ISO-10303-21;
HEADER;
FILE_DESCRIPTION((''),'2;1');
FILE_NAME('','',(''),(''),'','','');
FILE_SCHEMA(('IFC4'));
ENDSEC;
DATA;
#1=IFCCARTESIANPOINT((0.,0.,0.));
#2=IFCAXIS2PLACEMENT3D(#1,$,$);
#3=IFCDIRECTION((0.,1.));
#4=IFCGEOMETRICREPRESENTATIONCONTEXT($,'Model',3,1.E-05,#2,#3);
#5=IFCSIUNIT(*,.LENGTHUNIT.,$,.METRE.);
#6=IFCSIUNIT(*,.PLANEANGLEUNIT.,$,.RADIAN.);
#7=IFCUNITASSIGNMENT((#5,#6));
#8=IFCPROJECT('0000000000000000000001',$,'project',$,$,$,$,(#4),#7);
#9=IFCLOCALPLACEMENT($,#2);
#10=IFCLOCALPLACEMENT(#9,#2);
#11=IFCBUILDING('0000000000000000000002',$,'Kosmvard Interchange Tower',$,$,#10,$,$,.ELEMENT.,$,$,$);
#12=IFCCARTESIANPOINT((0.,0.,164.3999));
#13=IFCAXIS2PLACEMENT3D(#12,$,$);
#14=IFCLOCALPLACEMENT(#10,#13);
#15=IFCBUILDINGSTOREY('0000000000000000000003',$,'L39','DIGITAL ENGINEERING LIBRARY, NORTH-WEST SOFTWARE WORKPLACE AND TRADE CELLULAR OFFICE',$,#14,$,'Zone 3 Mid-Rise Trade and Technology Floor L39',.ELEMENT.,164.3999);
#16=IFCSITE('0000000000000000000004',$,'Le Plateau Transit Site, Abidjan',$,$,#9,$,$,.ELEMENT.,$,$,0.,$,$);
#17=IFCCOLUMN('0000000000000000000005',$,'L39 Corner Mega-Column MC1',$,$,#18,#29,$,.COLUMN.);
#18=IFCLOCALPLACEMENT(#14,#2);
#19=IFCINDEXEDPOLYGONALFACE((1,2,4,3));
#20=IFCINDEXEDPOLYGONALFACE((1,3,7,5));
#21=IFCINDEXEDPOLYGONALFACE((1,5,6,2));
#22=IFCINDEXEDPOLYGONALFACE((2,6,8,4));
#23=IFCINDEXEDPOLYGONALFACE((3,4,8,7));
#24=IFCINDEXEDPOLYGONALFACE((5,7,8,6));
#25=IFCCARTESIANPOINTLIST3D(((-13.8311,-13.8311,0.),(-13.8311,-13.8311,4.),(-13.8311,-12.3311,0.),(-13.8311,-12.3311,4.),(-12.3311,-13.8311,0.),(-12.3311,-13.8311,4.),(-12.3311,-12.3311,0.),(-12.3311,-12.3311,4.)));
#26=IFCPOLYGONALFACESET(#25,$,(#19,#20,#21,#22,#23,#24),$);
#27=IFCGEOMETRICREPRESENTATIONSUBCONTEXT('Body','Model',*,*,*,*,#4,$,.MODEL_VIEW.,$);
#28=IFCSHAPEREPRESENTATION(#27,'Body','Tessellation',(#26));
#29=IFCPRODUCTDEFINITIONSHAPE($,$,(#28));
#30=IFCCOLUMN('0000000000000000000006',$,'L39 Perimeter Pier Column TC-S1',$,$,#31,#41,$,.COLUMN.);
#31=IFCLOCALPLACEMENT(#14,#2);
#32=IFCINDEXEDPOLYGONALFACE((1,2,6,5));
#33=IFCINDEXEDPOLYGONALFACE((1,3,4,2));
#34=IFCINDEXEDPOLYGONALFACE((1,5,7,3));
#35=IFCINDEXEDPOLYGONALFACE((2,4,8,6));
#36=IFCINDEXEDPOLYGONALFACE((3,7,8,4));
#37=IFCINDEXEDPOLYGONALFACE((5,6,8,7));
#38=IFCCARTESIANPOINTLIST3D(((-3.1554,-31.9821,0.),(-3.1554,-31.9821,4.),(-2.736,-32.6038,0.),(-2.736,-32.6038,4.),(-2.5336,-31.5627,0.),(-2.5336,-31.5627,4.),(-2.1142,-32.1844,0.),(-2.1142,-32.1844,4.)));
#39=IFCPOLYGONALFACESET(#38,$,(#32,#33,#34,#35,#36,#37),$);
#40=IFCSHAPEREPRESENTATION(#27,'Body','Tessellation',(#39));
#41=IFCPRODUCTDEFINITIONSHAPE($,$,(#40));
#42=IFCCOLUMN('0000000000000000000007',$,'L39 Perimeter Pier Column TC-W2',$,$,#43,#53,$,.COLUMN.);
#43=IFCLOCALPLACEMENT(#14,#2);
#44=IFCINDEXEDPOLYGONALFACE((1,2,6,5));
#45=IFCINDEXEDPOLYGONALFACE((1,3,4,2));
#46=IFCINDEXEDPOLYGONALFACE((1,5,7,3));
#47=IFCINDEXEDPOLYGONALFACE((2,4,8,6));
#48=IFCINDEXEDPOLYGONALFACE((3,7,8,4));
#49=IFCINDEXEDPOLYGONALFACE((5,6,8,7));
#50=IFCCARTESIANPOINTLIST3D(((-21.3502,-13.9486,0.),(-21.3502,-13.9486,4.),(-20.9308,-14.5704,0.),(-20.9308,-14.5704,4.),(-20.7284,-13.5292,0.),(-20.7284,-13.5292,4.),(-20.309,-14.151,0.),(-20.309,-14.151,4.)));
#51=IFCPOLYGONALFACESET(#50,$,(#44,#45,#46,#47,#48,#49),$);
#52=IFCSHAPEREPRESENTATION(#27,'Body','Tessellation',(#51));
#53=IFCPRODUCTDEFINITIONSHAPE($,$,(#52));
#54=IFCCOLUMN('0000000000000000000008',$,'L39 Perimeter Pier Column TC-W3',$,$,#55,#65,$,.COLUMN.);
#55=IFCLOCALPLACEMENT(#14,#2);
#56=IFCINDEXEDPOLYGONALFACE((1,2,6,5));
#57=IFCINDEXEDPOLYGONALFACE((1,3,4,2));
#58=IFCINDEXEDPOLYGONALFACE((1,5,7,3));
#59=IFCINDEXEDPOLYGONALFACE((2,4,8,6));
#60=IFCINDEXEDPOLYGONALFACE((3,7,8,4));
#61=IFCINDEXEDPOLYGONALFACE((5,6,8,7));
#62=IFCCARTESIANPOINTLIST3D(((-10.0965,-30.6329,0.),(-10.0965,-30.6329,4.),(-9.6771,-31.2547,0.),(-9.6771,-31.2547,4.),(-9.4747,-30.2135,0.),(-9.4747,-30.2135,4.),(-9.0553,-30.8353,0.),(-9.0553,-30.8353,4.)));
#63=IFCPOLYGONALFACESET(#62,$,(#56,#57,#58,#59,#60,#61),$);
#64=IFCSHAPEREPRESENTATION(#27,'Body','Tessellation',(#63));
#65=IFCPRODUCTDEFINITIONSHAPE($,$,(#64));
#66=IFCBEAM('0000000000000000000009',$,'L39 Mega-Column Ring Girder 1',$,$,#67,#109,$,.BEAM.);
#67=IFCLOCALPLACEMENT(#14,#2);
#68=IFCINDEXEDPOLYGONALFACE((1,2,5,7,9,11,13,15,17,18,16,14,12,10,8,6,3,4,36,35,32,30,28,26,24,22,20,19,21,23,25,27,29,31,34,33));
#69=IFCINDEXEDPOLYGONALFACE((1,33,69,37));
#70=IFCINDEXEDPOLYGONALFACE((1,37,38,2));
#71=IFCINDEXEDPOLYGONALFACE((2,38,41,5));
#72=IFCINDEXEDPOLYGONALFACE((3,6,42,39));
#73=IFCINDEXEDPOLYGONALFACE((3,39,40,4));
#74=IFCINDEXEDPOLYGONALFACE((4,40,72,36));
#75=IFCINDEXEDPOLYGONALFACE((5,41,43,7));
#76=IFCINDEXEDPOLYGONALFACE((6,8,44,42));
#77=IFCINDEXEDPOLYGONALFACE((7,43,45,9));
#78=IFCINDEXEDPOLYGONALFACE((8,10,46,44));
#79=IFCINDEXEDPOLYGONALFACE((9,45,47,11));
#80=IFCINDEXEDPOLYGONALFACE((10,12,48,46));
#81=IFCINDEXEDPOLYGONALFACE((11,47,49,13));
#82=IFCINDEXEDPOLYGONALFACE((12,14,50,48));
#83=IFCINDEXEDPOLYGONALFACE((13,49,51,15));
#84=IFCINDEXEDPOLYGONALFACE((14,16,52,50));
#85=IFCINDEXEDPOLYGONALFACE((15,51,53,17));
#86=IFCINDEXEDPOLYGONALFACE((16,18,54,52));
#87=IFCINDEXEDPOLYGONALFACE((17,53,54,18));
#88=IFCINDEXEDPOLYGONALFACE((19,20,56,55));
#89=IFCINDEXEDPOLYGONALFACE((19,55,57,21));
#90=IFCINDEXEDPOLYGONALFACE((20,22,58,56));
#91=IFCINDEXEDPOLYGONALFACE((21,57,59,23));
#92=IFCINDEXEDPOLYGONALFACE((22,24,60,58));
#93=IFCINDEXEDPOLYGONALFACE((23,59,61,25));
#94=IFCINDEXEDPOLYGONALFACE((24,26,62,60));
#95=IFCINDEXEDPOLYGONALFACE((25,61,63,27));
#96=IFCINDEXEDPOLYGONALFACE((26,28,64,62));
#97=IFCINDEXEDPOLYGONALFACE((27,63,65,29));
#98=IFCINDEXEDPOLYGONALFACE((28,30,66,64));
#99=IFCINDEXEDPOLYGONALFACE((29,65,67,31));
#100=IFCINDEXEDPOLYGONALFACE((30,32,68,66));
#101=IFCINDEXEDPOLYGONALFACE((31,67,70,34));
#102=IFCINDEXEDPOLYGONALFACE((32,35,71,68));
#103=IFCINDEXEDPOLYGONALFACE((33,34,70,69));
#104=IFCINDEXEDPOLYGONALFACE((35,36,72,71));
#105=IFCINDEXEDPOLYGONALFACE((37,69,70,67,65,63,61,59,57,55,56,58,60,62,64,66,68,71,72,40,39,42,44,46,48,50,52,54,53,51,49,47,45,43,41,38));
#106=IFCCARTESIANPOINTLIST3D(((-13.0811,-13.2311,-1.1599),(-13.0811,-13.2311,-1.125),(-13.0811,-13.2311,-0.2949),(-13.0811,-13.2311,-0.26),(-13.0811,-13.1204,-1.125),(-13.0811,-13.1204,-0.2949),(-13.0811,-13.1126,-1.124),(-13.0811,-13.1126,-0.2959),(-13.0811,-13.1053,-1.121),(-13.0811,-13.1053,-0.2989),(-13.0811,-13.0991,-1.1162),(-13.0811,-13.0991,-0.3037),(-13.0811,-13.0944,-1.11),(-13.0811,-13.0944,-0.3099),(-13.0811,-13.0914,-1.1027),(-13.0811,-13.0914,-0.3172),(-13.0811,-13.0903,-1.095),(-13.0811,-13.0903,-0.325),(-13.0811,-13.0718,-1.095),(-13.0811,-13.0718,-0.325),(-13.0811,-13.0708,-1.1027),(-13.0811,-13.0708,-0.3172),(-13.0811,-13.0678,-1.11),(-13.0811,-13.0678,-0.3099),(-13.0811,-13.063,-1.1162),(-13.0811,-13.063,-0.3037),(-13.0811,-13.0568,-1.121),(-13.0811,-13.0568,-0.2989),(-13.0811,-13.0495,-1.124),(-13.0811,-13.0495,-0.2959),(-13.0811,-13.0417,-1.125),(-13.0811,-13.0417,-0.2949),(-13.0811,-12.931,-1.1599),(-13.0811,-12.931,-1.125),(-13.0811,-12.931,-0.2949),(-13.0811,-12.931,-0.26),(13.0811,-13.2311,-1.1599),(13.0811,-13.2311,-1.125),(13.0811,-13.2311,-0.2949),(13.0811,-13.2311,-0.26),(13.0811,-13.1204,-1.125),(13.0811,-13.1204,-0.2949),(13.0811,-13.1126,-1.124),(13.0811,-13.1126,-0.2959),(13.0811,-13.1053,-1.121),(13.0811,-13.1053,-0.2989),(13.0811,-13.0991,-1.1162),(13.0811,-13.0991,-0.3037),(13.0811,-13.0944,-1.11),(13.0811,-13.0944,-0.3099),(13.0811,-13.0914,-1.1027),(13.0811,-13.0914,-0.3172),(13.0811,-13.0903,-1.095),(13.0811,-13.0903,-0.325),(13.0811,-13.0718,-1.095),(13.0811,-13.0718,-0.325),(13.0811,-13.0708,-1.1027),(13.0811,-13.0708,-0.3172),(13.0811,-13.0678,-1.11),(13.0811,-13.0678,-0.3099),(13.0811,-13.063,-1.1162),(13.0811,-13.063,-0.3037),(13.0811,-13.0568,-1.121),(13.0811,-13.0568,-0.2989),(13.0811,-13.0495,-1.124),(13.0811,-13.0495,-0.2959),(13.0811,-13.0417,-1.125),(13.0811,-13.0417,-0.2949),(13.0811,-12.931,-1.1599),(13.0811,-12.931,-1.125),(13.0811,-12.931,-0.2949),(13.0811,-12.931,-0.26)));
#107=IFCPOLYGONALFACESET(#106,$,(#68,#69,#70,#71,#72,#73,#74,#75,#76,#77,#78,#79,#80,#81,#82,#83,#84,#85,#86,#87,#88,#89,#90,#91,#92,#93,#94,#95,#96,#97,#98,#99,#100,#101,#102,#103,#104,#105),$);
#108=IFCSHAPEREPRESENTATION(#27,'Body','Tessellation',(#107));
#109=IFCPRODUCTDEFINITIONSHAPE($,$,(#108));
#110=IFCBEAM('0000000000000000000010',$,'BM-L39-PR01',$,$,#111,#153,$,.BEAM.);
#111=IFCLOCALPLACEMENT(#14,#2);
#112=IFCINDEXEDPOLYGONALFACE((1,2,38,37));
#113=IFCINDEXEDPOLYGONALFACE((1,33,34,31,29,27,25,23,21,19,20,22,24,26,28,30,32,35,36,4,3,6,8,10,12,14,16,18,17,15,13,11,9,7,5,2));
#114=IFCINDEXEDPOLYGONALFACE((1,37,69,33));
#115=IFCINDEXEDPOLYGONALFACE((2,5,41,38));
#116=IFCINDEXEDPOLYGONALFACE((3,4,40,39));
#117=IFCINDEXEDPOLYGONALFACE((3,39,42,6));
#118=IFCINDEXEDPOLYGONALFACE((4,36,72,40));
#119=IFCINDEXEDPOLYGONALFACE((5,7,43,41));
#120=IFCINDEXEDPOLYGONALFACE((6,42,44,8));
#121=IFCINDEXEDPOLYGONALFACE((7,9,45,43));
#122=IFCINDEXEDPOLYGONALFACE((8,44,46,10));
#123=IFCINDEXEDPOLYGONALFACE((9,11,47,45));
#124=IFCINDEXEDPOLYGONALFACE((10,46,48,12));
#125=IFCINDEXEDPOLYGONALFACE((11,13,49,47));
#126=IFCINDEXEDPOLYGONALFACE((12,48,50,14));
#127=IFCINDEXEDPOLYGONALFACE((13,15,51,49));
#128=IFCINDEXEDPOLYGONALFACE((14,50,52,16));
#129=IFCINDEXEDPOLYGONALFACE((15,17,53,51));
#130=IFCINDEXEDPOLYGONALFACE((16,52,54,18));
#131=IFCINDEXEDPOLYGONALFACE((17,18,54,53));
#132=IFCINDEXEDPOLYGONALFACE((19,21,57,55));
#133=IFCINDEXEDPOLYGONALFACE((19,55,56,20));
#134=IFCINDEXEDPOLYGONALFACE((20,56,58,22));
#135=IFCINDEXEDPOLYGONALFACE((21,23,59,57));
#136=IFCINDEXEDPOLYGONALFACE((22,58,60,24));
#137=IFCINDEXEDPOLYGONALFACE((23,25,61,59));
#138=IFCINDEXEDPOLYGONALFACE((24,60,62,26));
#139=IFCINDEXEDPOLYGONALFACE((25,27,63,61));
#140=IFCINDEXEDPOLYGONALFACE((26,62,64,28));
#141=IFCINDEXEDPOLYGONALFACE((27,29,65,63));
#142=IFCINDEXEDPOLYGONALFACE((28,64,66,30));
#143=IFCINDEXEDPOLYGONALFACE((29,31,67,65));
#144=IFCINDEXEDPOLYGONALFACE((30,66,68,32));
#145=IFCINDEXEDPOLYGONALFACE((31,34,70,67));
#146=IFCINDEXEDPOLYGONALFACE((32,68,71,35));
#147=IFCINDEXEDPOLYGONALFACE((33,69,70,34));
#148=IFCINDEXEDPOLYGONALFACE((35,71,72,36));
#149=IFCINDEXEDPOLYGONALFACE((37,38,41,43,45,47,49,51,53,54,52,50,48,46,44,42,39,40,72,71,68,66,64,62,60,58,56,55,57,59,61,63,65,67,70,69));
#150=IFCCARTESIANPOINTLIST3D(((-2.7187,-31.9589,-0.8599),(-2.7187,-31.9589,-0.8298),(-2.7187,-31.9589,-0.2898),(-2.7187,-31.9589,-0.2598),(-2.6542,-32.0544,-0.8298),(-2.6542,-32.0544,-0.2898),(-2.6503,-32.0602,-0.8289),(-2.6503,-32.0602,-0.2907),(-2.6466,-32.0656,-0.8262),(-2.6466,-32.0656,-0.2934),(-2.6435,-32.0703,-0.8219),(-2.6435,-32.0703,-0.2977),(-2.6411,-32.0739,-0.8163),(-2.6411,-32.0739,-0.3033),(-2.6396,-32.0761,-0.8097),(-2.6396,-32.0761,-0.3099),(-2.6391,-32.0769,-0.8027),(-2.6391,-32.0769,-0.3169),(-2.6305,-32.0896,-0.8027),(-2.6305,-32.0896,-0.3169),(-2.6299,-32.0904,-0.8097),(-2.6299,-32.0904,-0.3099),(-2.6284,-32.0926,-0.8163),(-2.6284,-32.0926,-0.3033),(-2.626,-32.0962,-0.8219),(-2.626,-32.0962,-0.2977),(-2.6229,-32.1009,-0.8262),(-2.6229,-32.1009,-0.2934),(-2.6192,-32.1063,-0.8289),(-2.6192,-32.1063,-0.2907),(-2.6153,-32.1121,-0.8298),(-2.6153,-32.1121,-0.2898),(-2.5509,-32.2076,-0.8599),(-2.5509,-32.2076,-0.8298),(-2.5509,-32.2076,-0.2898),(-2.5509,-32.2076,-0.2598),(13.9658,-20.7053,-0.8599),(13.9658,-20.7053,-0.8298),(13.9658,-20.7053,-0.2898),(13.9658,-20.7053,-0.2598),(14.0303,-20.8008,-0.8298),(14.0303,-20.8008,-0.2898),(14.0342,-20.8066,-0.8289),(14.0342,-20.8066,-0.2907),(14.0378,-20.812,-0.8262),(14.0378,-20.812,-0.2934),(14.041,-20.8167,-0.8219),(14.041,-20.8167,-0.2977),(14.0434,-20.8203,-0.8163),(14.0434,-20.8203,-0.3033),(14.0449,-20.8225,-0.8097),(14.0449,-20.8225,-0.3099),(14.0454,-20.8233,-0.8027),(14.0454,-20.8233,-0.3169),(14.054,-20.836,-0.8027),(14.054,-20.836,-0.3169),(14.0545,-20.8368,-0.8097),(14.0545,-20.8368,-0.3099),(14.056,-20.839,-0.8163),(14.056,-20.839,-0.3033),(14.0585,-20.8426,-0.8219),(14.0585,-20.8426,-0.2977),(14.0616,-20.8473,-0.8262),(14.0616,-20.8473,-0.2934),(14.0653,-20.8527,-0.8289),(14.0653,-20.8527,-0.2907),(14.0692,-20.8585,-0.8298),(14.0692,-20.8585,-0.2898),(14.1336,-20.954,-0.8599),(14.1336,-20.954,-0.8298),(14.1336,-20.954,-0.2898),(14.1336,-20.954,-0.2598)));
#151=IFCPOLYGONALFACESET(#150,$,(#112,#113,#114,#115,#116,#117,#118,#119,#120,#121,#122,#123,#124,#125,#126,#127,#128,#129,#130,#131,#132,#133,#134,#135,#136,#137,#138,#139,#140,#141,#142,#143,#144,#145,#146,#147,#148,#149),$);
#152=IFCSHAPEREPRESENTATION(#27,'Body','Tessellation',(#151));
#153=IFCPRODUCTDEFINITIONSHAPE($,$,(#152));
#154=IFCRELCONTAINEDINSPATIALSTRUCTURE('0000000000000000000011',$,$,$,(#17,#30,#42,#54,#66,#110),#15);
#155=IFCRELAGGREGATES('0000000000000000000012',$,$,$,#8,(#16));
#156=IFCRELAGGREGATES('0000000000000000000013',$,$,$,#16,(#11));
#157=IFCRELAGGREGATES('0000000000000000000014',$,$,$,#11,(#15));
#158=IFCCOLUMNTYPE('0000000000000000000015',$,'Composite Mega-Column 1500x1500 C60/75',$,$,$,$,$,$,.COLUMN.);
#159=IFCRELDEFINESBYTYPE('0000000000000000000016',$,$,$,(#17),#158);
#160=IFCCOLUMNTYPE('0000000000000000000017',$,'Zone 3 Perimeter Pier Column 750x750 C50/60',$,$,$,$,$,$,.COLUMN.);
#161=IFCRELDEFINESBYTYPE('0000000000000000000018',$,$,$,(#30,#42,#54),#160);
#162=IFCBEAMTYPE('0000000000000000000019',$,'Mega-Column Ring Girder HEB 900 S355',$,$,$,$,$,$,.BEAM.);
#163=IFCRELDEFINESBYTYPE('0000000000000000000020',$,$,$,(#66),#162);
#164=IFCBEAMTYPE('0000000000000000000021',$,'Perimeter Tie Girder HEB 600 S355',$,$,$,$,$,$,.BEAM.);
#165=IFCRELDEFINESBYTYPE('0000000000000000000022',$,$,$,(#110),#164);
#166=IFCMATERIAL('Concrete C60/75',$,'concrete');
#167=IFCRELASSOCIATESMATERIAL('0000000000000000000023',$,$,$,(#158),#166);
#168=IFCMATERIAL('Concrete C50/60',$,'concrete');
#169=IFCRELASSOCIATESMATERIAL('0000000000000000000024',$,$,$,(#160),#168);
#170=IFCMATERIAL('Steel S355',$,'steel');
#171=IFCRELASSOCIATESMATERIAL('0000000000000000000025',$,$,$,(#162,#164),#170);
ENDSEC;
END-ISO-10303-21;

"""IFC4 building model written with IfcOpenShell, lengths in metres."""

from ifc_helpers import new_model, si_unit, direction, frame, origin, origin_2d, place, context, subcontext, project, spatial, rectangle, i_section, extrude, source, transform, mapped, material, material_profile, profile_set, type_object, element, save


model = new_model("IFC4")

# Units and contexts
model_context = context("Model", 3, precision=1e-05, world=origin(), true_north=direction((0.0, 1.0)))
body_context = subcontext(model_context, "Body", "Model", "MODEL_VIEW")
ifc_project = project(units=[si_unit("LENGTHUNIT", "METRE"), si_unit("PLANEANGLEUNIT", "RADIAN")], contexts=[model_context])

# Site, building, storey
site_placement = place(None, origin())
site = spatial("IfcSite", under=ifc_project, at=site_placement, Name="Le Plateau Transit Site, Abidjan", CompositionType="ELEMENT", RefElevation=0.0)
building_placement = place(site_placement, origin())
building = spatial("IfcBuilding", under=site, at=building_placement, Name="Kosmvard Interchange Tower", CompositionType="ELEMENT")
storey_placement = place(building_placement, frame((0.0, 0.0, 164.3999)))
storey = spatial("IfcBuildingStorey", under=building, at=storey_placement, Name="L39", Description="DIGITAL ENGINEERING LIBRARY, NORTH-WEST SOFTWARE WORKPLACE AND TRADE CELLULAR OFFICE", LongName="Zone 3 Mid-Rise Trade and Technology Floor L39", CompositionType="ELEMENT", Elevation=164.3999)

# Columns
ifc_material_1 = material(Name="Concrete C60/75", Category="concrete")
ifc_material_profile_1 = material_profile(ifc_material_1, rectangle(XDim=1.5, YDim=1.5, at=origin_2d()), Name="MC 1500x1500")
ifc_profile_set_1 = profile_set([ifc_material_profile_1], Name="Concrete C60/75")
column_type_1 = type_object("IfcColumnType", Name="Composite Mega-Column 1500x1500 C60/75", PredefinedType="COLUMN", material=ifc_profile_set_1)
shared_shape_1 = source(origin(), body_context, "Body", "SweptSolid", [
    extrude(rectangle(XDim=1.5, YDim=1.5, at=origin_2d()), origin(), (0.0, 0.0, 1.0), 4.0),
])
column_placement = place(storey_placement, frame((-13.0811, -13.0811, 0.0), z_axis=(0.0, 0.0, 1.0), x_axis=(1.0, 0.0, 0.0)))
element("IfcColumn", 1, at=column_placement, inside=storey, type_object=column_type_1, Name="L39 Corner Mega-Column MC1", PredefinedType="COLUMN", context=body_context, shape_type="MappedRepresentation", body=[
    mapped(shared_shape_1, transform((0.0, 0.0, 0.0), scale=1.0)),
])
ifc_material_2 = material(Name="Concrete C50/60", Category="concrete")
ifc_material_profile_2 = material_profile(ifc_material_2, rectangle(XDim=0.75, YDim=0.75, at=origin_2d()), Name="TC 750x750")
ifc_profile_set_2 = profile_set([ifc_material_profile_2], Name="Concrete C50/60")
column_type_2 = type_object("IfcColumnType", Name="Zone 3 Perimeter Pier Column 750x750 C50/60", PredefinedType="COLUMN", material=ifc_profile_set_2)
shared_shape_2 = source(origin(), body_context, "Body", "SweptSolid", [
    extrude(rectangle(XDim=0.75, YDim=0.75, at=origin_2d()), origin(), (0.0, 0.0, 1.0), 4.0),
])
for number, where, z_axis, x_axis, name in (
    (2, (-2.6348, -32.0833, 0.0), (0.0, 0.0, 1.0), (0.829038, 0.559193, 0.0), "L39 Perimeter Pier Column TC-S1"),
    (3, (-20.8296, -14.0498, 0.0), (0.0, 0.0, 1.0), (0.829038, 0.559193, 0.0), "L39 Perimeter Pier Column TC-W2"),
    (4, (-9.5759, -30.7341, 0.0), (0.0, 0.0, 1.0), (0.829038, 0.559193, 0.0), "L39 Perimeter Pier Column TC-W3"),
):
    element("IfcColumn", number, at=place(storey_placement, frame(where, z_axis=z_axis, x_axis=x_axis)), inside=storey, type_object=column_type_2, Name=name, PredefinedType="COLUMN", context=body_context, shape_type="MappedRepresentation", body=[
        mapped(shared_shape_2, transform((0.0, 0.0, 0.0), scale=1.0)),
    ])

# Beams
ifc_material_3 = material(Name="Steel S355", Category="steel")
ifc_material_profile_3 = material_profile(ifc_material_3, i_section(OverallWidth=0.3, OverallDepth=0.8999, WebThickness=0.0186, FlangeThickness=0.0349, FilletRadius=0.03, at=origin_2d()), Name="HEB 900")
ifc_profile_set_3 = profile_set([ifc_material_profile_3], Name="Steel S355")
beam_type_1 = type_object("IfcBeamType", Name="Mega-Column Ring Girder HEB 900 S355", PredefinedType="BEAM", material=ifc_profile_set_3)
shared_shape_3 = source(origin(), body_context, "Body", "SweptSolid", [
    extrude(i_section(OverallWidth=0.3, OverallDepth=0.8999, WebThickness=0.0186, FlangeThickness=0.0349, FilletRadius=0.03, at=origin_2d()), origin(), (0.0, 0.0, 1.0), 26.1621),
])
beam_1_placement = place(storey_placement, frame((-13.0811, -13.0811, -0.71), z_axis=(1.0, 0.0, 0.0), x_axis=(0.0, 1.0, 0.0)))
element("IfcBeam", 5, at=beam_1_placement, inside=storey, type_object=beam_type_1, Name="L39 Mega-Column Ring Girder 1", PredefinedType="BEAM", context=body_context, shape_type="MappedRepresentation", body=[
    mapped(shared_shape_3, transform((0.0, 0.0, 0.0), scale=1.0)),
])
ifc_material_profile_4 = material_profile(ifc_material_3, i_section(OverallWidth=0.3, OverallDepth=0.6001, WebThickness=0.0154, FlangeThickness=0.03, FilletRadius=0.0271, at=origin_2d()), Name="HEB 600")
ifc_profile_set_4 = profile_set([ifc_material_profile_4], Name="Steel S355")
beam_type_2 = type_object("IfcBeamType", Name="Perimeter Tie Girder HEB 600 S355", PredefinedType="BEAM", material=ifc_profile_set_4)
shared_shape_4 = source(origin(), body_context, "Body", "SweptSolid", [
    extrude(i_section(OverallWidth=0.3, OverallDepth=0.6001, WebThickness=0.0154, FlangeThickness=0.03, FilletRadius=0.0271, at=origin_2d()), origin(), (0.0, 0.0, 1.0), 20.125),
])
for number, where, z_axis, x_axis, name in (
    (6, (-2.6348, -32.0833, -0.5598), (0.829043, 0.559185, 0.0), (-0.559185, 0.829043, 0.0), "BM-L39-PR01"),
):
    element("IfcBeam", number, at=place(storey_placement, frame(where, z_axis=z_axis, x_axis=x_axis)), inside=storey, type_object=beam_type_2, Name=name, PredefinedType="BEAM", context=body_context, shape_type="MappedRepresentation", body=[
        mapped(shared_shape_4, transform((0.0, 0.0, 0.0), scale=1.0)),
    ])

save(model, "model.ifc")
